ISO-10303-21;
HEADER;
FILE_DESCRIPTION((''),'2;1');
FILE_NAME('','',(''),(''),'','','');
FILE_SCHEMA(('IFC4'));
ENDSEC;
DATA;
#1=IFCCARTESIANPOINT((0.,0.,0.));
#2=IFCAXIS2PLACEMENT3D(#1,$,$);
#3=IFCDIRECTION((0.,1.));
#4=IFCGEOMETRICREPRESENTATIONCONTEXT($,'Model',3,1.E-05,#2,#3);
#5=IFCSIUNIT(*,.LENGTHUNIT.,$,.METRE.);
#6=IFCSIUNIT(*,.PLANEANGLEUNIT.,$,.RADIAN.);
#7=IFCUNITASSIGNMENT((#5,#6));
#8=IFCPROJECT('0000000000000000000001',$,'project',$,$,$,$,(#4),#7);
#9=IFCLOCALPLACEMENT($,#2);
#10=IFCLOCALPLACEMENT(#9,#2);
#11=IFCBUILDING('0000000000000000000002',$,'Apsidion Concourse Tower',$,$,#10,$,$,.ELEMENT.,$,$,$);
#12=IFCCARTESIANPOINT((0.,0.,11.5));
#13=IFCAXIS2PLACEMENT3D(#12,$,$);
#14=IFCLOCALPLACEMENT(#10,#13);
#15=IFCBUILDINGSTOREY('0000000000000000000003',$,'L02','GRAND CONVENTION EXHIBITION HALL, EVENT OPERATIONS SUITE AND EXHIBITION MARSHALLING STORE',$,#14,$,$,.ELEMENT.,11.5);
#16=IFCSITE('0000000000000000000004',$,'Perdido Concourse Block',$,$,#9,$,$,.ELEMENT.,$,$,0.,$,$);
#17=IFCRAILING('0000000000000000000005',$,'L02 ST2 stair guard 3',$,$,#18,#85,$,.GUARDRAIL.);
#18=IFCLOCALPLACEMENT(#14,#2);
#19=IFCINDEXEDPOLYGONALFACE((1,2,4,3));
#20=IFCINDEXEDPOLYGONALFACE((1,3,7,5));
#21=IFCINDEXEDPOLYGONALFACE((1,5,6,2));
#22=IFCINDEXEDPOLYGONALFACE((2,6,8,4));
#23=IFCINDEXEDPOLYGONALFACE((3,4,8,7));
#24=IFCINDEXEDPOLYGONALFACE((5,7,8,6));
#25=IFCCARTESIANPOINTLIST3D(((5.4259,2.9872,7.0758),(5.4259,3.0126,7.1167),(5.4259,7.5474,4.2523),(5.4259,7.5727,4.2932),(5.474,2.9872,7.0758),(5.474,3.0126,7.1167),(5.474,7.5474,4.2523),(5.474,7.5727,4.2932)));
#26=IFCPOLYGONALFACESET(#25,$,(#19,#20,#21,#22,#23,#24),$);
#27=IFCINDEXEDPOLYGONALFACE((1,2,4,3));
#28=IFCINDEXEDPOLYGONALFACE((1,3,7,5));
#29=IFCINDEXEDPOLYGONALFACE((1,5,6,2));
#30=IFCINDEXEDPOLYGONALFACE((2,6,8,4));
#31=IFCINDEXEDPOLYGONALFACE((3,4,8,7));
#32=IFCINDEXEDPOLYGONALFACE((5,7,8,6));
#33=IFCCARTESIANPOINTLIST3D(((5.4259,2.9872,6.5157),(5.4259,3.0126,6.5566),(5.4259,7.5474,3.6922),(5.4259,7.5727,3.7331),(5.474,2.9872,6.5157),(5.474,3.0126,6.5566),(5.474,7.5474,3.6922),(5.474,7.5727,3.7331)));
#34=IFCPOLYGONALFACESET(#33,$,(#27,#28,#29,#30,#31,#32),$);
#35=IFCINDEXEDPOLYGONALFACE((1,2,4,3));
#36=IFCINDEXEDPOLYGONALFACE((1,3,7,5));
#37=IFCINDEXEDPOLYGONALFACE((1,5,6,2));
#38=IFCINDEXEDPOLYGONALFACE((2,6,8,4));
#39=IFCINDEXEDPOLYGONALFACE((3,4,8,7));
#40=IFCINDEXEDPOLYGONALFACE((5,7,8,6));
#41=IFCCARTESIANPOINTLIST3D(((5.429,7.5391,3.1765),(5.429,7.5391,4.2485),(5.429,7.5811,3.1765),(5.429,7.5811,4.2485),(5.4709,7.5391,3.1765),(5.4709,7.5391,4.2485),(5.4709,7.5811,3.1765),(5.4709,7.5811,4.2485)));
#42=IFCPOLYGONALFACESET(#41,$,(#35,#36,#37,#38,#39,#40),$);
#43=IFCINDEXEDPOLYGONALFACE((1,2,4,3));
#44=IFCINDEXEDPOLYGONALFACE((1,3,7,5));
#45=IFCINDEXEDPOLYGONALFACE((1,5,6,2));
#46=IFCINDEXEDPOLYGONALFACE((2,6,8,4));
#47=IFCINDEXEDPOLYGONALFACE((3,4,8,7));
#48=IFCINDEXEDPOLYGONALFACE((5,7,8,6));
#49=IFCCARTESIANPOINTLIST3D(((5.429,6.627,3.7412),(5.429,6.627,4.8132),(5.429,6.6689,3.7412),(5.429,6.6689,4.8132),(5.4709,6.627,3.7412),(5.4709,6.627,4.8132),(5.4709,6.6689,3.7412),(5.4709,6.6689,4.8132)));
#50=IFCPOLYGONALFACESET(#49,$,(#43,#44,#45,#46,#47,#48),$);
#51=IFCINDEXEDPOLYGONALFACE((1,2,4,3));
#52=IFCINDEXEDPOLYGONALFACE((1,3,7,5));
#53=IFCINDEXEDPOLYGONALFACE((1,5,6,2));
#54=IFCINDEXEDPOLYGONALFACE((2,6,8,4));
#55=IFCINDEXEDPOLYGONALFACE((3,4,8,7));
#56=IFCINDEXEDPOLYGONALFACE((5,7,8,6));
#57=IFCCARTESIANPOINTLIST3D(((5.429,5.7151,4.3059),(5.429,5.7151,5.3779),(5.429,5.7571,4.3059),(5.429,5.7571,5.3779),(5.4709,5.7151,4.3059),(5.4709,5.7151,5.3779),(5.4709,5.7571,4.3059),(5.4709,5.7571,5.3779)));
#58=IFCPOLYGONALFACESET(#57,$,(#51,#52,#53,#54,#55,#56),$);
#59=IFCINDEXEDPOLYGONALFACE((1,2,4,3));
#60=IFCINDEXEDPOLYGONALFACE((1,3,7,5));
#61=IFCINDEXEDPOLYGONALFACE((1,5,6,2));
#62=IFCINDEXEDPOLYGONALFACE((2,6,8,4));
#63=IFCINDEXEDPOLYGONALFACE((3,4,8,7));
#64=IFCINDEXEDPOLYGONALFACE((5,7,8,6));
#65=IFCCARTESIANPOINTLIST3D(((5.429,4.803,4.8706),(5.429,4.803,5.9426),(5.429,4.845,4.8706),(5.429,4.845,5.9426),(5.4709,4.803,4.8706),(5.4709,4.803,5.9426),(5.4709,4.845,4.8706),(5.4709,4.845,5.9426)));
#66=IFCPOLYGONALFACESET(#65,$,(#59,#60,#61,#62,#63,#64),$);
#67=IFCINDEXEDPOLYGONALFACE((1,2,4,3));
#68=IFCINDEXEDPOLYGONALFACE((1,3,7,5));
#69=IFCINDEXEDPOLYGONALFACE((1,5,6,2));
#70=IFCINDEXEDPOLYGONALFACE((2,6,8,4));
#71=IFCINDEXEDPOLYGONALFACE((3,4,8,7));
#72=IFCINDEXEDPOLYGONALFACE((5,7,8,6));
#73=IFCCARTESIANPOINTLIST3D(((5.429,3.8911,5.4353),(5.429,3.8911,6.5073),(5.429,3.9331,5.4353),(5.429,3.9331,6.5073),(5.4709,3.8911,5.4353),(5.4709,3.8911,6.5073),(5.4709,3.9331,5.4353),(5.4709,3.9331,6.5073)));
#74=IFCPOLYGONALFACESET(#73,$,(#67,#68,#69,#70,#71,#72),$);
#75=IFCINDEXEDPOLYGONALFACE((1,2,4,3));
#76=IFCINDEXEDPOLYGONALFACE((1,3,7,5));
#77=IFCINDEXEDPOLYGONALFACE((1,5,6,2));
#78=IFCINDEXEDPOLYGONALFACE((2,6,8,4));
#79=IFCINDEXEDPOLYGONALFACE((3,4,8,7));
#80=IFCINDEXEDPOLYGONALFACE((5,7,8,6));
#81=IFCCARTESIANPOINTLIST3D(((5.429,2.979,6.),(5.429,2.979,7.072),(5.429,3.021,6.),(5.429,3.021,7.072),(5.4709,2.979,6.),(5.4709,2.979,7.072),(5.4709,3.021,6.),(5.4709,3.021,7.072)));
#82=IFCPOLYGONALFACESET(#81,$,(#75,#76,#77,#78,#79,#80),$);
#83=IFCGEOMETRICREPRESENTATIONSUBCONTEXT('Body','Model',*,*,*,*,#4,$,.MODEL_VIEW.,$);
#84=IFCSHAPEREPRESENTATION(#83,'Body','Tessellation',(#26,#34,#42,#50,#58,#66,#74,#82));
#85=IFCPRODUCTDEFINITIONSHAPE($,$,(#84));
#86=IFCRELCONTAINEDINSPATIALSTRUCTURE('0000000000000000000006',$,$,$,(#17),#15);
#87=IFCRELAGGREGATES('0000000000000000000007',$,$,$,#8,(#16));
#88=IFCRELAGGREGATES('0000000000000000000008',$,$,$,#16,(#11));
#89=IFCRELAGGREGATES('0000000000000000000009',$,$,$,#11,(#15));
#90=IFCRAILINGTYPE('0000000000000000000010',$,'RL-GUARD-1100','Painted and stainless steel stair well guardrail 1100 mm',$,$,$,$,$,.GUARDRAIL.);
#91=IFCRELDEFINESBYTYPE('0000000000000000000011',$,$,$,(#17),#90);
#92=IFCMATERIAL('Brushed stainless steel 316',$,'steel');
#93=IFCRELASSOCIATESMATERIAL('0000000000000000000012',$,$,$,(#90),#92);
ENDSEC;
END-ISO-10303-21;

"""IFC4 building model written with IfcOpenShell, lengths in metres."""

from ifc_helpers import new_model, si_unit, direction, frame, origin, origin_2d, place, context, subcontext, project, spatial, rectangle, extrude, material, type_object, element, save


model = new_model("IFC4")

# Units and contexts
model_context = context("Model", 3, precision=1e-05, world=origin(), true_north=direction((0.0, 1.0)))
body_context = subcontext(model_context, "Body", "Model", "MODEL_VIEW")
ifc_project = project(units=[si_unit("LENGTHUNIT", "METRE"), si_unit("PLANEANGLEUNIT", "RADIAN")], contexts=[model_context])

# Site, building, storey
site_placement = place(None, origin())
site = spatial("IfcSite", under=ifc_project, at=site_placement, Name="Perdido Concourse Block", CompositionType="ELEMENT", RefElevation=0.0)
building_placement = place(site_placement, origin())
building = spatial("IfcBuilding", under=site, at=building_placement, Name="Apsidion Concourse Tower", CompositionType="ELEMENT")
storey_placement = place(building_placement, frame((0.0, 0.0, 11.5)))
storey = spatial("IfcBuildingStorey", under=building, at=storey_placement, Name="L02", Description="GRAND CONVENTION EXHIBITION HALL, EVENT OPERATIONS SUITE AND EXHIBITION MARSHALLING STORE", CompositionType="ELEMENT", Elevation=11.5)

# Shared definitions
ifc_material_1 = material(Name="Brushed stainless steel 316", Category="steel")

# Railing
railing_type = type_object("IfcRailingType", Name="RL-GUARD-1100", Description="Painted and stainless steel stair well guardrail 1100 mm", PredefinedType="GUARDRAIL", material=ifc_material_1)
railing_1_placement = place(storey_placement, frame((5.45, 7.5601, 3.1765)))
element("IfcRailing", 1, at=railing_1_placement, inside=storey, type_object=railing_type, Name="L02 ST2 stair guard 3", PredefinedType="GUARDRAIL", context=body_context, shape_type="SweptSolid", body=[
    extrude(rectangle(XDim=0.0481, YDim=0.0481, at=origin_2d()), frame((0.0, 0.0, 1.0962), z_axis=(0.0, -0.850216, 0.526435), x_axis=(1.0, 0.0, 0.0)), (0.0, 0.0, 1.0), 5.3635),
    extrude(rectangle(XDim=0.0481, YDim=0.0481, at=origin_2d()), frame((0.0, 0.0, 0.5361), z_axis=(0.0, -0.850216, 0.526435), x_axis=(1.0, 0.0, 0.0)), (0.0, 0.0, 1.0), 5.3635),
    extrude(rectangle(XDim=0.042, YDim=0.042, at=origin_2d()), origin(), (0.0, 0.0, 1.0), 1.072),
    extrude(rectangle(XDim=0.042, YDim=0.042, at=origin_2d()), frame((0.0, -0.9121, 0.5647)), (0.0, 0.0, 1.0), 1.072),
    extrude(rectangle(XDim=0.042, YDim=0.042, at=origin_2d()), frame((0.0, -1.824, 1.1294)), (0.0, 0.0, 1.0), 1.072),
    extrude(rectangle(XDim=0.042, YDim=0.042, at=origin_2d()), frame((0.0, -2.7361, 1.6941)), (0.0, 0.0, 1.0), 1.072),
    extrude(rectangle(XDim=0.042, YDim=0.042, at=origin_2d()), frame((0.0, -3.6479, 2.2588)), (0.0, 0.0, 1.0), 1.072),
    extrude(rectangle(XDim=0.042, YDim=0.042, at=origin_2d()), frame((0.0, -4.5601, 2.8235)), (0.0, 0.0, 1.0), 1.072),
])

save(model, "model.ifc")
